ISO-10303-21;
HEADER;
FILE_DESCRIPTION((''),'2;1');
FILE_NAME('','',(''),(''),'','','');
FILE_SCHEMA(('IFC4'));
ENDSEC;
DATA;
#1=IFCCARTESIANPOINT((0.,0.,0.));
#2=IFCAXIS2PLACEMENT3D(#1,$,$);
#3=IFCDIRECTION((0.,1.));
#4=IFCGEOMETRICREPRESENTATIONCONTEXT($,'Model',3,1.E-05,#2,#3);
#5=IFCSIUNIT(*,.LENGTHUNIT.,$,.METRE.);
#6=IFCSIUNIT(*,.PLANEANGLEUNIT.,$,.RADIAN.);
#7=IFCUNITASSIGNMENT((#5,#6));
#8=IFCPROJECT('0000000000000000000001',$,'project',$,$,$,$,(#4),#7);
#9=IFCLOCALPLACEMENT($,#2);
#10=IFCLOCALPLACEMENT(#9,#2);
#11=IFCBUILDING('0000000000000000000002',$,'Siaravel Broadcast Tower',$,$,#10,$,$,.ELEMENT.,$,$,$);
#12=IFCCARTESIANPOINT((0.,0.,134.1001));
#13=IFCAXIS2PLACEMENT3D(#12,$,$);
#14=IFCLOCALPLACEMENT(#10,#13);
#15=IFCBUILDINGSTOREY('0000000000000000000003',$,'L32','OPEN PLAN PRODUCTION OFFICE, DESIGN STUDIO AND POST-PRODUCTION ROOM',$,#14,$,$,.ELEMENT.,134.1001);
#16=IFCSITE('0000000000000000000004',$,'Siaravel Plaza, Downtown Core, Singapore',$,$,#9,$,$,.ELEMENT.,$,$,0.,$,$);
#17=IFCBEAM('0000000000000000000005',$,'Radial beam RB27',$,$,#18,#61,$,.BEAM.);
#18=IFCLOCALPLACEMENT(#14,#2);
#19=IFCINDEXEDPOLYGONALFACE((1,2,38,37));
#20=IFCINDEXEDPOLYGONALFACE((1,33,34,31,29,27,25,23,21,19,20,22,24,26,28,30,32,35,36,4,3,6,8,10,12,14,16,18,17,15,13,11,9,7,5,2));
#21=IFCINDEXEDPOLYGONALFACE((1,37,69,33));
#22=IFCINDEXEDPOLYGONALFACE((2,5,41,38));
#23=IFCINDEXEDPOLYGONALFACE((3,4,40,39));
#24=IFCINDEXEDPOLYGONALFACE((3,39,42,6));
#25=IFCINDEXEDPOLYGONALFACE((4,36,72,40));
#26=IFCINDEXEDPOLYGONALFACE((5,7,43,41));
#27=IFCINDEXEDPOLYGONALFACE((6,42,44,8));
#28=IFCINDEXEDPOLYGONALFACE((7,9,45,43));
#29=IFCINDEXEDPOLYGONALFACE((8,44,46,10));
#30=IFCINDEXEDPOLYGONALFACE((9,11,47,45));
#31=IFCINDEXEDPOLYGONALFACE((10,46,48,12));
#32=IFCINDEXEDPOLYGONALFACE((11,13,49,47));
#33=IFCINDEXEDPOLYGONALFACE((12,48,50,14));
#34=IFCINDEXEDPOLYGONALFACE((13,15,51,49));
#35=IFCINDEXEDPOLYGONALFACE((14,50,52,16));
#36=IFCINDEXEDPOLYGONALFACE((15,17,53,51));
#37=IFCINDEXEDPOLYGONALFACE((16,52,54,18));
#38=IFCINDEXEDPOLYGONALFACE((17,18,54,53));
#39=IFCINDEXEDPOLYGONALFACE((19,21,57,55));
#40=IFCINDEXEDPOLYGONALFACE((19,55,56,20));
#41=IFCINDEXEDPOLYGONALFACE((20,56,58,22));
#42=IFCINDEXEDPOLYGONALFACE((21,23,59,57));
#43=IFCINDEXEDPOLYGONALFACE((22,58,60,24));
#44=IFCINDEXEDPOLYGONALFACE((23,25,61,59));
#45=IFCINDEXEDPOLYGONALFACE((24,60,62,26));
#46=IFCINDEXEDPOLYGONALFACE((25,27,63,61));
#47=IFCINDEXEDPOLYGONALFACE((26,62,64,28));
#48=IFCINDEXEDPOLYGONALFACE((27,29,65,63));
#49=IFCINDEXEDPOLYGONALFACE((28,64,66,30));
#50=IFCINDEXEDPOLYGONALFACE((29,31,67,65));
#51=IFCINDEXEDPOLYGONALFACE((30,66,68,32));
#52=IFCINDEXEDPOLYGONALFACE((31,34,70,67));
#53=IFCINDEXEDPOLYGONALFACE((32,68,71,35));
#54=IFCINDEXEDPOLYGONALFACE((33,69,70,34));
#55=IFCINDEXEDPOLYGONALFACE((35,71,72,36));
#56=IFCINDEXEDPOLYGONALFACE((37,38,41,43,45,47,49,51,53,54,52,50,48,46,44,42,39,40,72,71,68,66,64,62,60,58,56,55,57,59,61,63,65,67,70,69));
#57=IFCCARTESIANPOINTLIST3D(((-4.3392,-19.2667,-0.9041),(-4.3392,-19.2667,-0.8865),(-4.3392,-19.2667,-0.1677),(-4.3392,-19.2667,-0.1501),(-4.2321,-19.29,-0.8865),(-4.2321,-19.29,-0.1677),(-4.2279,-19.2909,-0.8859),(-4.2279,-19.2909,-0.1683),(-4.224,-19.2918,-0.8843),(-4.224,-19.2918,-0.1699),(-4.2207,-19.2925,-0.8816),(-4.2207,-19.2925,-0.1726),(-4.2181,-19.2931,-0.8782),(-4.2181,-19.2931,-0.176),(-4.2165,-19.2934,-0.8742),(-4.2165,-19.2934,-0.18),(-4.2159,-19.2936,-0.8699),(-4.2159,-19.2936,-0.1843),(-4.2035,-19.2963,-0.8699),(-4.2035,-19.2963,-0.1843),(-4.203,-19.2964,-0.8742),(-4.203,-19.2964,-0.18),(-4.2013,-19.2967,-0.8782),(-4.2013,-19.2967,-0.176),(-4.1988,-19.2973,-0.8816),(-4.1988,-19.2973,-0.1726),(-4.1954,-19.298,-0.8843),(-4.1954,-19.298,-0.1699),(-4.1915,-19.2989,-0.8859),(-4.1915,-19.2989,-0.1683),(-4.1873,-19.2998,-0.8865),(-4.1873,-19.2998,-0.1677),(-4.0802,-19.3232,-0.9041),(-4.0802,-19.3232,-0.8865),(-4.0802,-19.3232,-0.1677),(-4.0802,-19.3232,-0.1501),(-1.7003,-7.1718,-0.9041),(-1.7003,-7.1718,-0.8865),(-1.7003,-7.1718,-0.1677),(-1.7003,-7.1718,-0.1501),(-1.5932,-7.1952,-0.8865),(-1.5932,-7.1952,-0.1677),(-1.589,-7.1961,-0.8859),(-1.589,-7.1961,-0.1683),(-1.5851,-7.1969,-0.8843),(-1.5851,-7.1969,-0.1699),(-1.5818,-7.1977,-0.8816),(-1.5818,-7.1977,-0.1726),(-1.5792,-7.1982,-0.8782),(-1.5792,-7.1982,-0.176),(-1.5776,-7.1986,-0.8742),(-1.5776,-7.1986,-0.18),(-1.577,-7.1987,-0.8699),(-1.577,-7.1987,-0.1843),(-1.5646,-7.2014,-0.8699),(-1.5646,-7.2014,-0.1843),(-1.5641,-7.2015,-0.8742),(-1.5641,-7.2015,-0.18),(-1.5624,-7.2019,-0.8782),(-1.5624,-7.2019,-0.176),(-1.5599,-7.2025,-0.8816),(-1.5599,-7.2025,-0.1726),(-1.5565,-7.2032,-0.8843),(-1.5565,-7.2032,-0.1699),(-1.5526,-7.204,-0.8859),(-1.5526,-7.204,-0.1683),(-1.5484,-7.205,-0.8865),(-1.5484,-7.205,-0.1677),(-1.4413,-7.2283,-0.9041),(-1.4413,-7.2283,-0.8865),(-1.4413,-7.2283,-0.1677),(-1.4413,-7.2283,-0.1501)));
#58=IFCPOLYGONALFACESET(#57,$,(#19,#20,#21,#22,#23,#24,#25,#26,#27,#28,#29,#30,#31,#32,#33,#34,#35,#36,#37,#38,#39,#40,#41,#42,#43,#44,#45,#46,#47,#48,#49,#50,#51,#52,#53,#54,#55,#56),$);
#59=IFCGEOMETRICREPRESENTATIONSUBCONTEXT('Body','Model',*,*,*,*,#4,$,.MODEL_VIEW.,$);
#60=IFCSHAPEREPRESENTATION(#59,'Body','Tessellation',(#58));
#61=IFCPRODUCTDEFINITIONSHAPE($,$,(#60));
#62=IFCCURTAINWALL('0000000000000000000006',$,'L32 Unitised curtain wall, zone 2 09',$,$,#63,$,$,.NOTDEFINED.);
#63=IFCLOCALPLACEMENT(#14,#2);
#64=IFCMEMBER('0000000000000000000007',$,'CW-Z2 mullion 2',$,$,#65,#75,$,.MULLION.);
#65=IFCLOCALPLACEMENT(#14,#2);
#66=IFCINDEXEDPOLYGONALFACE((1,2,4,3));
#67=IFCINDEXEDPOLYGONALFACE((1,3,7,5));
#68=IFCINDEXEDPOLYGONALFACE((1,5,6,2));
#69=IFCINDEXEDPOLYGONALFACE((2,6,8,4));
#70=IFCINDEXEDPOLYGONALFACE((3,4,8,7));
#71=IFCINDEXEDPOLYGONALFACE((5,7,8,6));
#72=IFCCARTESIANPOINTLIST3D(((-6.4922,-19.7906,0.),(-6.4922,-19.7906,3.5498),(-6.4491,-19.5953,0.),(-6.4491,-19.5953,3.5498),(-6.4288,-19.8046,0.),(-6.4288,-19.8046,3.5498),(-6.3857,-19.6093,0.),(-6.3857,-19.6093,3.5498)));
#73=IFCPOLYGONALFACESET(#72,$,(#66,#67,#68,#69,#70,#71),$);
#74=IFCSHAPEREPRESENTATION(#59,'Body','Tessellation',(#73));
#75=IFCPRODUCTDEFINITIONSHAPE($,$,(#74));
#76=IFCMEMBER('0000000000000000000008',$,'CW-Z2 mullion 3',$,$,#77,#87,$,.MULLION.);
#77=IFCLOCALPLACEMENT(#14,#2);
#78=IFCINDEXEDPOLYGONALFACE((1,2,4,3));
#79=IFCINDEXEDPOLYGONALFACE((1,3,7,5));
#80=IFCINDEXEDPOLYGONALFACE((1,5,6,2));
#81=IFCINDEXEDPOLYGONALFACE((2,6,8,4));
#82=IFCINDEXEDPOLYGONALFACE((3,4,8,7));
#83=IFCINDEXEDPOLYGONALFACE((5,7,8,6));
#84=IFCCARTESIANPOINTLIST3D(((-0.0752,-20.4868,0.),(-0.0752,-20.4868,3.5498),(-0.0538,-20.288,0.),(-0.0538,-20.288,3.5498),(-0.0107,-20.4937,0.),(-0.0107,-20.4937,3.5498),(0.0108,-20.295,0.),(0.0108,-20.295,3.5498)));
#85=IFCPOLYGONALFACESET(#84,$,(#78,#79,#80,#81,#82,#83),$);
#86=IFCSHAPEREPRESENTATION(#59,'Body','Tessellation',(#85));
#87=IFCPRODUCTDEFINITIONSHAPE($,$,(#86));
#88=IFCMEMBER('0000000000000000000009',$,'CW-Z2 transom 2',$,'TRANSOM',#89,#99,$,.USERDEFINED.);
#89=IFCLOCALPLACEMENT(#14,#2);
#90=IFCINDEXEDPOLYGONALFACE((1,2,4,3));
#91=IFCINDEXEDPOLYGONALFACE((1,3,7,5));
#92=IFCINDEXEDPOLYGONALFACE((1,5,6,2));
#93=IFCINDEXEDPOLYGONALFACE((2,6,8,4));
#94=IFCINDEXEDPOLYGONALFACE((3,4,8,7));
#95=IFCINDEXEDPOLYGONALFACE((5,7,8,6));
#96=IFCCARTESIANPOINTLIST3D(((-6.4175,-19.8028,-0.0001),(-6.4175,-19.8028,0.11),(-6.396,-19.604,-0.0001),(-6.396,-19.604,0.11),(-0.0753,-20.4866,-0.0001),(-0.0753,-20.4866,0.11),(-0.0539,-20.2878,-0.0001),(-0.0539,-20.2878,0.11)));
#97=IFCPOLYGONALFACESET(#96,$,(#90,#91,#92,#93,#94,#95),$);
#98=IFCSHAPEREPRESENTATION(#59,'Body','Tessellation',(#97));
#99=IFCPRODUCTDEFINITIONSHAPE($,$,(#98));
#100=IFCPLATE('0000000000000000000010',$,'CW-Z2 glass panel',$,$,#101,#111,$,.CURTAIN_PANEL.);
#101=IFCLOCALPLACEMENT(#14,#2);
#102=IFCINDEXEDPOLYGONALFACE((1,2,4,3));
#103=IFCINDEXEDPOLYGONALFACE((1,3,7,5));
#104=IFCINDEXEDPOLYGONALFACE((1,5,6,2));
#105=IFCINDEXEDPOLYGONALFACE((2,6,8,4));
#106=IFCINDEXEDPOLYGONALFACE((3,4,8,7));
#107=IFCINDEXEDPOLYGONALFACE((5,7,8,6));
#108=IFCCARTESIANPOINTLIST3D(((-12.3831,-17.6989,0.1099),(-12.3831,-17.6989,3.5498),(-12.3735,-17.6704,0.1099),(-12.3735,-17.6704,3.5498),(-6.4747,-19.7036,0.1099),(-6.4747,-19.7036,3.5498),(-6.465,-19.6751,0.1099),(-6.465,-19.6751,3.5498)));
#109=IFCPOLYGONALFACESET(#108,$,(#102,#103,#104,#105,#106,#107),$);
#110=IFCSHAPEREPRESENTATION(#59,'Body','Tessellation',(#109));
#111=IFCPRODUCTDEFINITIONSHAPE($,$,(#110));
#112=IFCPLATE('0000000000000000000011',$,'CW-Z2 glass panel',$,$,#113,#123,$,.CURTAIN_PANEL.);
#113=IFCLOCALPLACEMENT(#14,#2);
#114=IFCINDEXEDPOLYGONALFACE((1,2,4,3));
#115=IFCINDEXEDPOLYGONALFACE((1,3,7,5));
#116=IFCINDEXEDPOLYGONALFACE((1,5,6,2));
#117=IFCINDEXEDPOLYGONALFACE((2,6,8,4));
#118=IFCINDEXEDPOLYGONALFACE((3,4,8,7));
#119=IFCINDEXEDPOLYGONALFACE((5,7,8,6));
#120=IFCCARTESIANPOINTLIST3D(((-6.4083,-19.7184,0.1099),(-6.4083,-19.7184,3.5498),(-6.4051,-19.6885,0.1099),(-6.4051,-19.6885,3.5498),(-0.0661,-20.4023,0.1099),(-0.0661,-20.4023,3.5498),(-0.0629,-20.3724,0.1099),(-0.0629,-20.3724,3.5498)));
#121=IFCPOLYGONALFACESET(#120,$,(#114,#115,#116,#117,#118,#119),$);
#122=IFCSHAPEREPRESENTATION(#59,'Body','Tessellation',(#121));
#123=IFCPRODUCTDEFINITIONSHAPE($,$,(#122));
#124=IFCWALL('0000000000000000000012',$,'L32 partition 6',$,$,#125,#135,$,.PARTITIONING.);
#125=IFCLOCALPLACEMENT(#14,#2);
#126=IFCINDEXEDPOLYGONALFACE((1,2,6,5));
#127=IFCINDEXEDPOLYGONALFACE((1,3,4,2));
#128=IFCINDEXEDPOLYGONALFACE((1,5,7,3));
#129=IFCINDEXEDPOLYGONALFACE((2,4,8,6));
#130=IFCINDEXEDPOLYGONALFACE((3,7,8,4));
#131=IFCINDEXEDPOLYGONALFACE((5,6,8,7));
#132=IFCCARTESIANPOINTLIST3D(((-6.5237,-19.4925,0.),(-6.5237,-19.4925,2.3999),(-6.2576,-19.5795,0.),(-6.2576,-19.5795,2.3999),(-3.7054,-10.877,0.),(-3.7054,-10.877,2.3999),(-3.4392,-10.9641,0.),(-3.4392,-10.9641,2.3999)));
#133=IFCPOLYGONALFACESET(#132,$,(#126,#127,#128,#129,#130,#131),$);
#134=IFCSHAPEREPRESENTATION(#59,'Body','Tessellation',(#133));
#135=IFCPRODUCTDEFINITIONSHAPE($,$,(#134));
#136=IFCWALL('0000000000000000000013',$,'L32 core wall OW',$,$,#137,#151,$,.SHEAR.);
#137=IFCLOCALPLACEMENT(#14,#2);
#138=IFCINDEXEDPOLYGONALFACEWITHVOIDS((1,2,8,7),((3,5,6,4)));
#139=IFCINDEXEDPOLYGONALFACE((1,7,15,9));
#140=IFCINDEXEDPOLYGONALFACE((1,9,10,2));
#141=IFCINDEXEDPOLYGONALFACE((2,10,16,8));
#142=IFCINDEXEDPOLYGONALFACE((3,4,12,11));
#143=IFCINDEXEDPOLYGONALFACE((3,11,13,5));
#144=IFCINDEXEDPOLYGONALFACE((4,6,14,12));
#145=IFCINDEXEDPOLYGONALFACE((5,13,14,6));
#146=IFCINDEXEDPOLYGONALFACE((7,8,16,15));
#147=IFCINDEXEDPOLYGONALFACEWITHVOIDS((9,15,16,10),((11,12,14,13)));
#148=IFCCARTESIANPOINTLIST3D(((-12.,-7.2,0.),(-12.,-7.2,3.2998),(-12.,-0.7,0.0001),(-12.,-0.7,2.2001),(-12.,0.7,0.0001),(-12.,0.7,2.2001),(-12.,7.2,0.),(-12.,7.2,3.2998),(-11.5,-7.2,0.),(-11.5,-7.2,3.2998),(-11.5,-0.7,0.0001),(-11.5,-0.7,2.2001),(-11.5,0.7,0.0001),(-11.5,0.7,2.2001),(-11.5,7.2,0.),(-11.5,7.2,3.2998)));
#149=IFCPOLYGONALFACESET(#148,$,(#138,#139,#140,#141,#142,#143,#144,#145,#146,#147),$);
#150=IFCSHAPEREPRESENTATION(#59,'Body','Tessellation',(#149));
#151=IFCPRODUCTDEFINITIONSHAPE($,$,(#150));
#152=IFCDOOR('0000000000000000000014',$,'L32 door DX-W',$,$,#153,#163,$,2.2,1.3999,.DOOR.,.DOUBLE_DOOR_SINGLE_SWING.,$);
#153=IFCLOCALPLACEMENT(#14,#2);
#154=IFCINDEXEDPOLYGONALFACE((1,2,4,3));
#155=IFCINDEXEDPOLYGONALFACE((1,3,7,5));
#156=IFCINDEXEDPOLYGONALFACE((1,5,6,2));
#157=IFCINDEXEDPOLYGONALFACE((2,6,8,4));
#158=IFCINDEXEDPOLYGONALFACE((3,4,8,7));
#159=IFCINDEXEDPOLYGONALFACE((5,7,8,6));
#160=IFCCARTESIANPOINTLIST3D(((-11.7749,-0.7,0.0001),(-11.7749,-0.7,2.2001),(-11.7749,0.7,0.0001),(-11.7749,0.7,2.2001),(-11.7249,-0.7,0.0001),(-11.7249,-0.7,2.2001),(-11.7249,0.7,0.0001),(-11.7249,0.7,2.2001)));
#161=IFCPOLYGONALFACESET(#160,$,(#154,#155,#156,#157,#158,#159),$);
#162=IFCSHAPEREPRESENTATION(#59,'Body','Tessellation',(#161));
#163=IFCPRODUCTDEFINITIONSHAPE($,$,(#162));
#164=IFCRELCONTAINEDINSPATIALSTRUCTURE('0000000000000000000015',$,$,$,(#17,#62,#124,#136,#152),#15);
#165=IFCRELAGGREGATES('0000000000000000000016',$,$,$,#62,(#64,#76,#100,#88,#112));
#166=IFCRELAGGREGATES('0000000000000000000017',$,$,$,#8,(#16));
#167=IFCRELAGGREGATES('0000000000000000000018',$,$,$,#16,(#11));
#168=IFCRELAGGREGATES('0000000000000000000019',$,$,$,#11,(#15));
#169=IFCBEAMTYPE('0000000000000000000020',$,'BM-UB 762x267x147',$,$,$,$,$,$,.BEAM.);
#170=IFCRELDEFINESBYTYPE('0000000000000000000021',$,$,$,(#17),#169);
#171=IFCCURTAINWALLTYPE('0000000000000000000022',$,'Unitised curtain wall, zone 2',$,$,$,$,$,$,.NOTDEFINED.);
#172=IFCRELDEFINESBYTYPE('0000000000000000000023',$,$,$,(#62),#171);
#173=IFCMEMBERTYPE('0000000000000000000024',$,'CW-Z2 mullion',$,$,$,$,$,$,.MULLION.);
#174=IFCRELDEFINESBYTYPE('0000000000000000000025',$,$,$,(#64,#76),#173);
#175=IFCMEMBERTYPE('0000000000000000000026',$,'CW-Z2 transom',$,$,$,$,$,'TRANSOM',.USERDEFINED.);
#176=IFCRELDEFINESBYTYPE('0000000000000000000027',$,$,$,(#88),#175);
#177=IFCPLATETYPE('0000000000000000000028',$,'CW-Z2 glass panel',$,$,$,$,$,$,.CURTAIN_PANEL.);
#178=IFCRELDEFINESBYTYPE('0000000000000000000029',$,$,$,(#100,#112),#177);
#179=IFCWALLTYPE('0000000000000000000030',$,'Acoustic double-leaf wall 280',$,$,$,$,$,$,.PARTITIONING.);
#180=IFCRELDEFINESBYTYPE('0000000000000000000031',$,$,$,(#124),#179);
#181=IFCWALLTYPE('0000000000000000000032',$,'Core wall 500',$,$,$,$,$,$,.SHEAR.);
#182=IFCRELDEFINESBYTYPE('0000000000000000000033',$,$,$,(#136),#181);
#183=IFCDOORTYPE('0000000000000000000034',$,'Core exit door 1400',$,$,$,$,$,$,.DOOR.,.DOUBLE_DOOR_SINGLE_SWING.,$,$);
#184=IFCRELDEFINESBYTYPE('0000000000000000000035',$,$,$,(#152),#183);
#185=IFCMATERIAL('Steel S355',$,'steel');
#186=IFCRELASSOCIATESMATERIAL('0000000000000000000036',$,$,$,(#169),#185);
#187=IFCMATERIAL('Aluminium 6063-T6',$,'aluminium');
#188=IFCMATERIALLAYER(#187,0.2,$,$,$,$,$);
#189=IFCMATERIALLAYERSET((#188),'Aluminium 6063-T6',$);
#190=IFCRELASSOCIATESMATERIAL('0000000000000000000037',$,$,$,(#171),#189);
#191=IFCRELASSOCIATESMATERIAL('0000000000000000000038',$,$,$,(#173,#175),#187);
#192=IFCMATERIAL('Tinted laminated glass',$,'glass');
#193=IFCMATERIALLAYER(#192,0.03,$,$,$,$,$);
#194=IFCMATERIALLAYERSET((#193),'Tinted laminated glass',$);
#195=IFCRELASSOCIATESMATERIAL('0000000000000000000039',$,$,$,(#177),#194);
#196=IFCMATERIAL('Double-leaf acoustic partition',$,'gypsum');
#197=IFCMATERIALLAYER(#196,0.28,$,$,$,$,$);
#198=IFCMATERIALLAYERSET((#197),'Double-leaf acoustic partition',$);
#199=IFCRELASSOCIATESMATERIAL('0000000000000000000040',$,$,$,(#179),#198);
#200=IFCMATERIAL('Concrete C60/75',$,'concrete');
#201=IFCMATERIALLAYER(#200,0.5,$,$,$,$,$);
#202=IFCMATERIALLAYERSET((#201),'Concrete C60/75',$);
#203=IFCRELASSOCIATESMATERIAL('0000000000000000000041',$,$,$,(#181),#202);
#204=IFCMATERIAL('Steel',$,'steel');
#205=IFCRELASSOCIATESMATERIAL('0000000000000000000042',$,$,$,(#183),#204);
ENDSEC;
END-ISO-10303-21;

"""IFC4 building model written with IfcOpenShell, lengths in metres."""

from ifc_helpers import new_model, si_unit, direction, frame, frame_2d, origin, origin_2d, place, context, subcontext, project, spatial, rectangle, i_section, extrude, material, layer, layer_set, material_profile, profile_set, type_object, element, fill, aggregate, save


model = new_model("IFC4")

# Units and contexts
model_context = context("Model", 3, precision=1e-05, world=origin(), true_north=direction((0.0, 1.0)))
body_context = subcontext(model_context, "Body", "Model", "MODEL_VIEW")
ifc_project = project(units=[si_unit("LENGTHUNIT", "METRE"), si_unit("PLANEANGLEUNIT", "RADIAN")], contexts=[model_context])

# Site, building, storey
site_placement = place(None, origin())
site = spatial("IfcSite", under=ifc_project, at=site_placement, Name="Siaravel Plaza, Downtown Core, Singapore", CompositionType="ELEMENT", RefElevation=0.0)
building_placement = place(site_placement, origin())
building = spatial("IfcBuilding", under=site, at=building_placement, Name="Siaravel Broadcast Tower", CompositionType="ELEMENT")
storey_placement = place(building_placement, frame((0.0, 0.0, 134.1001)))
storey = spatial("IfcBuildingStorey", under=building, at=storey_placement, Name="L32", Description="OPEN PLAN PRODUCTION OFFICE, DESIGN STUDIO AND POST-PRODUCTION ROOM", CompositionType="ELEMENT", Elevation=134.1001)

# Shared definitions
ifc_material_1 = material(Name="Concrete C60/75", Category="concrete")

# Beam
ifc_material_2 = material(Name="Steel S355", Category="steel")
ifc_material_profile_1 = material_profile(ifc_material_2, i_section(OverallWidth=0.2651, OverallDepth=0.7539, WebThickness=0.0127, FlangeThickness=0.0176, FilletRadius=0.0166, at=origin_2d()))
ifc_profile_set_1 = profile_set([ifc_material_profile_1], Name="Steel S355")
beam_type = type_object("IfcBeamType", Name="BM-UB 762x267x147", PredefinedType="BEAM", material=ifc_profile_set_1)
beam_1_placement = place(storey_placement, frame((-4.2097, -19.2949, -0.5271), z_axis=(0.213168, 0.977016, 0.0), x_axis=(-0.977016, 0.213168, 0.0)))
element("IfcBeam", 1, at=beam_1_placement, inside=storey, type_object=beam_type, Name="Radial beam RB27", PredefinedType="BEAM", context=body_context, shape_type="SweptSolid", body=[
    extrude(i_section(OverallWidth=0.2651, OverallDepth=0.7539, WebThickness=0.0127, FlangeThickness=0.0176, FilletRadius=0.0166, at=origin_2d()), origin(), (0.0, 0.0, 1.0), 12.3794),
])

# Curtain wall, members, plates
ifc_material_3 = material(Name="Aluminium 6063-T6", Category="aluminium")
ifc_layer_1 = layer(ifc_material_3, 0.2)
ifc_layer_set_1 = layer_set([ifc_layer_1], Name="Aluminium 6063-T6")
curtain_wall_type = type_object("IfcCurtainWallType", Name="Unitised curtain wall, zone 2", PredefinedType="NOTDEFINED", material=ifc_layer_set_1)
curtain_wall_placement = place(storey_placement, origin())
curtain_wall = element("IfcCurtainWall", 2, at=curtain_wall_placement, inside=storey, type_object=curtain_wall_type, Name="L32 Unitised curtain wall, zone 2 09", PredefinedType="NOTDEFINED")
ifc_material_profile_2 = material_profile(ifc_material_3, rectangle(XDim=0.2, YDim=0.0649, at=origin_2d()))
ifc_profile_set_2 = profile_set([ifc_material_profile_2], Name="Aluminium 6063-T6")
member_type_1 = type_object("IfcMemberType", Name="CW-Z2 mullion", PredefinedType="MULLION", material=ifc_profile_set_2)
member_1_placement = place(storey_placement, frame((-6.439, -19.7, 0.0), z_axis=(0.0, 0.0, 1.0), x_axis=(0.215559, 0.976491, 0.0)))
member_1 = element("IfcMember", 3, at=member_1_placement, type_object=member_type_1, Name="CW-Z2 mullion 2", PredefinedType="MULLION", context=body_context, shape_type="SweptSolid", body=[
    extrude(rectangle(XDim=0.2, YDim=0.0649, at=origin_2d()), origin(), (0.0, 0.0, 1.0), 3.5498),
])
member_2_placement = place(storey_placement, frame((-0.0322, -20.3909, 0.0), z_axis=(0.0, 0.0, 1.0), x_axis=(0.107218, 0.994236, 0.0)))
member_2 = element("IfcMember", 4, at=member_2_placement, type_object=member_type_1, Name="CW-Z2 mullion 3", PredefinedType="MULLION", context=body_context, shape_type="SweptSolid", body=[
    extrude(rectangle(XDim=0.2, YDim=0.0649, at=origin_2d()), origin(), (0.0, 0.0, 1.0), 3.5498),
])
ifc_material_profile_3 = material_profile(ifc_material_3, rectangle(XDim=0.2, YDim=0.1101, at=origin_2d()))
ifc_profile_set_3 = profile_set([ifc_material_profile_3], Name="Aluminium 6063-T6")
member_type_2 = type_object("IfcMemberType", Name="CW-Z2 transom", ElementType="TRANSOM", PredefinedType="USERDEFINED", material=ifc_profile_set_3)
member_3_placement = place(storey_placement, frame((-6.4067, -19.7034, 0.0549), z_axis=(0.994237, -0.107205, 0.0), x_axis=(0.107205, 0.994237, 0.0)))
member_3 = element("IfcMember", 5, at=member_3_placement, type_object=member_type_2, Name="CW-Z2 transom 2", ObjectType="TRANSOM", PredefinedType="USERDEFINED", context=body_context, shape_type="SweptSolid", body=[
    extrude(rectangle(XDim=0.2, YDim=0.1101, at=origin_2d()), origin(), (0.0, 0.0, 1.0), 6.3789),
])
ifc_material_4 = material(Name="Tinted laminated glass", Category="glass")
ifc_layer_2 = layer(ifc_material_4, 0.03)
ifc_layer_set_2 = layer_set([ifc_layer_2], Name="Tinted laminated glass")
plate_type = type_object("IfcPlateType", Name="CW-Z2 glass panel", PredefinedType="CURTAIN_PANEL", material=ifc_layer_set_2)
plate_1_placement = place(storey_placement, frame((-9.4241, -18.687, 0.1099), z_axis=(0.0, 0.0, 1.0), x_axis=(0.946977, -0.321302, 0.0)))
plate_1 = element("IfcPlate", 6, at=plate_1_placement, type_object=plate_type, Name="CW-Z2 glass panel", PredefinedType="CURTAIN_PANEL", context=body_context, shape_type="SweptSolid", body=[
    extrude(rectangle(XDim=6.2393, YDim=0.03, at=origin_2d()), origin(), (0.0, 0.0, 1.0), 3.4399),
])
plate_2_placement = place(storey_placement, frame((-3.2356, -20.0454, 0.1099), z_axis=(0.0, 0.0, 1.0), x_axis=(0.994236, -0.107218, 0.0)))
plate_2 = element("IfcPlate", 7, at=plate_2_placement, type_object=plate_type, Name="CW-Z2 glass panel", PredefinedType="CURTAIN_PANEL", context=body_context, shape_type="SweptSolid", body=[
    extrude(rectangle(XDim=6.3789, YDim=0.03, at=origin_2d()), origin(), (0.0, 0.0, 1.0), 3.4399),
])
aggregate(curtain_wall, [member_1, member_2, plate_1, member_3, plate_2])

# Wall
ifc_material_5 = material(Name="Double-leaf acoustic partition", Category="gypsum")
ifc_layer_3 = layer(ifc_material_5, 0.28)
ifc_layer_set_3 = layer_set([ifc_layer_3], Name="Double-leaf acoustic partition")
wall_type_1 = type_object("IfcWallType", Name="Acoustic double-leaf wall 280", PredefinedType="PARTITIONING", material=ifc_layer_set_3)
wall_1_placement = place(storey_placement, frame((-6.3906, -19.5359, 0.0), z_axis=(0.0, 0.0, 1.0), x_axis=(0.310914, 0.950438, 0.0)))
element("IfcWall", 8, at=wall_1_placement, inside=storey, type_object=wall_type_1, Name="L32 partition 6", PredefinedType="PARTITIONING", context=body_context, shape_type="SweptSolid", body=[
    extrude(rectangle(XDim=9.0647, YDim=0.28, at=frame_2d((4.5322, 0.0))), origin(), (0.0, 0.0, 1.0), 2.3999),
])

# Wall, opening, door
ifc_layer_4 = layer(ifc_material_1, 0.5)
ifc_layer_set_4 = layer_set([ifc_layer_4], Name="Concrete C60/75")
wall_type_2 = type_object("IfcWallType", Name="Core wall 500", PredefinedType="SHEAR", material=ifc_layer_set_4)
wall_2_placement = place(storey_placement, frame((-11.75, -7.2, 0.0), z_axis=(0.0, 0.0, 1.0), x_axis=(0.0, 1.0, 0.0)))
wall_2 = element("IfcWall", 9, at=wall_2_placement, inside=storey, type_object=wall_type_2, Name="L32 core wall OW", PredefinedType="SHEAR", context=body_context, shape_type="SweptSolid", body=[
    extrude(rectangle(XDim=14.3999, YDim=0.5, at=frame_2d((7.2, 0.0))), origin(), (0.0, 0.0, 1.0), 3.2998),
])
opening_1_placement = place(wall_2_placement, frame((6.5, 0.0, 0.0)))
opening_1 = element("IfcOpeningElement", 10, at=opening_1_placement, cuts=wall_2, PredefinedType="OPENING", context=body_context, shape_type="SweptSolid", body=[
    extrude(rectangle(XDim=1.3999, YDim=2.2, at=frame_2d((0.7, 1.1001))), frame((0.0, 0.26, 0.0), z_axis=(0.0, -1.0, 0.0), x_axis=(1.0, 0.0, 0.0)), (0.0, 0.0, 1.0), 0.52),
])
ifc_material_6 = material(Name="Steel", Category="steel")
door_type_1 = type_object("IfcDoorType", Name="Core exit door 1400", OperationType="DOUBLE_DOOR_SINGLE_SWING", PredefinedType="DOOR", material=ifc_material_6)
door_1_placement = place(opening_1_placement, origin())
door_1 = element("IfcDoor", 11, at=door_1_placement, inside=storey, type_object=door_type_1, Name="L32 door DX-W", OperationType="DOUBLE_DOOR_SINGLE_SWING", OverallHeight=2.2, OverallWidth=1.3999, PredefinedType="DOOR", context=body_context, shape_type="SweptSolid", body=[
    extrude(rectangle(XDim=1.3999, YDim=2.2, at=frame_2d((0.7, 1.1001))), frame((0.0, 0.0249, 0.0), z_axis=(0.0, -1.0, 0.0), x_axis=(1.0, 0.0, 0.0)), (0.0, 0.0, 1.0), 0.05),
])
fill(opening_1, door_1)

save(model, "model.ifc")
